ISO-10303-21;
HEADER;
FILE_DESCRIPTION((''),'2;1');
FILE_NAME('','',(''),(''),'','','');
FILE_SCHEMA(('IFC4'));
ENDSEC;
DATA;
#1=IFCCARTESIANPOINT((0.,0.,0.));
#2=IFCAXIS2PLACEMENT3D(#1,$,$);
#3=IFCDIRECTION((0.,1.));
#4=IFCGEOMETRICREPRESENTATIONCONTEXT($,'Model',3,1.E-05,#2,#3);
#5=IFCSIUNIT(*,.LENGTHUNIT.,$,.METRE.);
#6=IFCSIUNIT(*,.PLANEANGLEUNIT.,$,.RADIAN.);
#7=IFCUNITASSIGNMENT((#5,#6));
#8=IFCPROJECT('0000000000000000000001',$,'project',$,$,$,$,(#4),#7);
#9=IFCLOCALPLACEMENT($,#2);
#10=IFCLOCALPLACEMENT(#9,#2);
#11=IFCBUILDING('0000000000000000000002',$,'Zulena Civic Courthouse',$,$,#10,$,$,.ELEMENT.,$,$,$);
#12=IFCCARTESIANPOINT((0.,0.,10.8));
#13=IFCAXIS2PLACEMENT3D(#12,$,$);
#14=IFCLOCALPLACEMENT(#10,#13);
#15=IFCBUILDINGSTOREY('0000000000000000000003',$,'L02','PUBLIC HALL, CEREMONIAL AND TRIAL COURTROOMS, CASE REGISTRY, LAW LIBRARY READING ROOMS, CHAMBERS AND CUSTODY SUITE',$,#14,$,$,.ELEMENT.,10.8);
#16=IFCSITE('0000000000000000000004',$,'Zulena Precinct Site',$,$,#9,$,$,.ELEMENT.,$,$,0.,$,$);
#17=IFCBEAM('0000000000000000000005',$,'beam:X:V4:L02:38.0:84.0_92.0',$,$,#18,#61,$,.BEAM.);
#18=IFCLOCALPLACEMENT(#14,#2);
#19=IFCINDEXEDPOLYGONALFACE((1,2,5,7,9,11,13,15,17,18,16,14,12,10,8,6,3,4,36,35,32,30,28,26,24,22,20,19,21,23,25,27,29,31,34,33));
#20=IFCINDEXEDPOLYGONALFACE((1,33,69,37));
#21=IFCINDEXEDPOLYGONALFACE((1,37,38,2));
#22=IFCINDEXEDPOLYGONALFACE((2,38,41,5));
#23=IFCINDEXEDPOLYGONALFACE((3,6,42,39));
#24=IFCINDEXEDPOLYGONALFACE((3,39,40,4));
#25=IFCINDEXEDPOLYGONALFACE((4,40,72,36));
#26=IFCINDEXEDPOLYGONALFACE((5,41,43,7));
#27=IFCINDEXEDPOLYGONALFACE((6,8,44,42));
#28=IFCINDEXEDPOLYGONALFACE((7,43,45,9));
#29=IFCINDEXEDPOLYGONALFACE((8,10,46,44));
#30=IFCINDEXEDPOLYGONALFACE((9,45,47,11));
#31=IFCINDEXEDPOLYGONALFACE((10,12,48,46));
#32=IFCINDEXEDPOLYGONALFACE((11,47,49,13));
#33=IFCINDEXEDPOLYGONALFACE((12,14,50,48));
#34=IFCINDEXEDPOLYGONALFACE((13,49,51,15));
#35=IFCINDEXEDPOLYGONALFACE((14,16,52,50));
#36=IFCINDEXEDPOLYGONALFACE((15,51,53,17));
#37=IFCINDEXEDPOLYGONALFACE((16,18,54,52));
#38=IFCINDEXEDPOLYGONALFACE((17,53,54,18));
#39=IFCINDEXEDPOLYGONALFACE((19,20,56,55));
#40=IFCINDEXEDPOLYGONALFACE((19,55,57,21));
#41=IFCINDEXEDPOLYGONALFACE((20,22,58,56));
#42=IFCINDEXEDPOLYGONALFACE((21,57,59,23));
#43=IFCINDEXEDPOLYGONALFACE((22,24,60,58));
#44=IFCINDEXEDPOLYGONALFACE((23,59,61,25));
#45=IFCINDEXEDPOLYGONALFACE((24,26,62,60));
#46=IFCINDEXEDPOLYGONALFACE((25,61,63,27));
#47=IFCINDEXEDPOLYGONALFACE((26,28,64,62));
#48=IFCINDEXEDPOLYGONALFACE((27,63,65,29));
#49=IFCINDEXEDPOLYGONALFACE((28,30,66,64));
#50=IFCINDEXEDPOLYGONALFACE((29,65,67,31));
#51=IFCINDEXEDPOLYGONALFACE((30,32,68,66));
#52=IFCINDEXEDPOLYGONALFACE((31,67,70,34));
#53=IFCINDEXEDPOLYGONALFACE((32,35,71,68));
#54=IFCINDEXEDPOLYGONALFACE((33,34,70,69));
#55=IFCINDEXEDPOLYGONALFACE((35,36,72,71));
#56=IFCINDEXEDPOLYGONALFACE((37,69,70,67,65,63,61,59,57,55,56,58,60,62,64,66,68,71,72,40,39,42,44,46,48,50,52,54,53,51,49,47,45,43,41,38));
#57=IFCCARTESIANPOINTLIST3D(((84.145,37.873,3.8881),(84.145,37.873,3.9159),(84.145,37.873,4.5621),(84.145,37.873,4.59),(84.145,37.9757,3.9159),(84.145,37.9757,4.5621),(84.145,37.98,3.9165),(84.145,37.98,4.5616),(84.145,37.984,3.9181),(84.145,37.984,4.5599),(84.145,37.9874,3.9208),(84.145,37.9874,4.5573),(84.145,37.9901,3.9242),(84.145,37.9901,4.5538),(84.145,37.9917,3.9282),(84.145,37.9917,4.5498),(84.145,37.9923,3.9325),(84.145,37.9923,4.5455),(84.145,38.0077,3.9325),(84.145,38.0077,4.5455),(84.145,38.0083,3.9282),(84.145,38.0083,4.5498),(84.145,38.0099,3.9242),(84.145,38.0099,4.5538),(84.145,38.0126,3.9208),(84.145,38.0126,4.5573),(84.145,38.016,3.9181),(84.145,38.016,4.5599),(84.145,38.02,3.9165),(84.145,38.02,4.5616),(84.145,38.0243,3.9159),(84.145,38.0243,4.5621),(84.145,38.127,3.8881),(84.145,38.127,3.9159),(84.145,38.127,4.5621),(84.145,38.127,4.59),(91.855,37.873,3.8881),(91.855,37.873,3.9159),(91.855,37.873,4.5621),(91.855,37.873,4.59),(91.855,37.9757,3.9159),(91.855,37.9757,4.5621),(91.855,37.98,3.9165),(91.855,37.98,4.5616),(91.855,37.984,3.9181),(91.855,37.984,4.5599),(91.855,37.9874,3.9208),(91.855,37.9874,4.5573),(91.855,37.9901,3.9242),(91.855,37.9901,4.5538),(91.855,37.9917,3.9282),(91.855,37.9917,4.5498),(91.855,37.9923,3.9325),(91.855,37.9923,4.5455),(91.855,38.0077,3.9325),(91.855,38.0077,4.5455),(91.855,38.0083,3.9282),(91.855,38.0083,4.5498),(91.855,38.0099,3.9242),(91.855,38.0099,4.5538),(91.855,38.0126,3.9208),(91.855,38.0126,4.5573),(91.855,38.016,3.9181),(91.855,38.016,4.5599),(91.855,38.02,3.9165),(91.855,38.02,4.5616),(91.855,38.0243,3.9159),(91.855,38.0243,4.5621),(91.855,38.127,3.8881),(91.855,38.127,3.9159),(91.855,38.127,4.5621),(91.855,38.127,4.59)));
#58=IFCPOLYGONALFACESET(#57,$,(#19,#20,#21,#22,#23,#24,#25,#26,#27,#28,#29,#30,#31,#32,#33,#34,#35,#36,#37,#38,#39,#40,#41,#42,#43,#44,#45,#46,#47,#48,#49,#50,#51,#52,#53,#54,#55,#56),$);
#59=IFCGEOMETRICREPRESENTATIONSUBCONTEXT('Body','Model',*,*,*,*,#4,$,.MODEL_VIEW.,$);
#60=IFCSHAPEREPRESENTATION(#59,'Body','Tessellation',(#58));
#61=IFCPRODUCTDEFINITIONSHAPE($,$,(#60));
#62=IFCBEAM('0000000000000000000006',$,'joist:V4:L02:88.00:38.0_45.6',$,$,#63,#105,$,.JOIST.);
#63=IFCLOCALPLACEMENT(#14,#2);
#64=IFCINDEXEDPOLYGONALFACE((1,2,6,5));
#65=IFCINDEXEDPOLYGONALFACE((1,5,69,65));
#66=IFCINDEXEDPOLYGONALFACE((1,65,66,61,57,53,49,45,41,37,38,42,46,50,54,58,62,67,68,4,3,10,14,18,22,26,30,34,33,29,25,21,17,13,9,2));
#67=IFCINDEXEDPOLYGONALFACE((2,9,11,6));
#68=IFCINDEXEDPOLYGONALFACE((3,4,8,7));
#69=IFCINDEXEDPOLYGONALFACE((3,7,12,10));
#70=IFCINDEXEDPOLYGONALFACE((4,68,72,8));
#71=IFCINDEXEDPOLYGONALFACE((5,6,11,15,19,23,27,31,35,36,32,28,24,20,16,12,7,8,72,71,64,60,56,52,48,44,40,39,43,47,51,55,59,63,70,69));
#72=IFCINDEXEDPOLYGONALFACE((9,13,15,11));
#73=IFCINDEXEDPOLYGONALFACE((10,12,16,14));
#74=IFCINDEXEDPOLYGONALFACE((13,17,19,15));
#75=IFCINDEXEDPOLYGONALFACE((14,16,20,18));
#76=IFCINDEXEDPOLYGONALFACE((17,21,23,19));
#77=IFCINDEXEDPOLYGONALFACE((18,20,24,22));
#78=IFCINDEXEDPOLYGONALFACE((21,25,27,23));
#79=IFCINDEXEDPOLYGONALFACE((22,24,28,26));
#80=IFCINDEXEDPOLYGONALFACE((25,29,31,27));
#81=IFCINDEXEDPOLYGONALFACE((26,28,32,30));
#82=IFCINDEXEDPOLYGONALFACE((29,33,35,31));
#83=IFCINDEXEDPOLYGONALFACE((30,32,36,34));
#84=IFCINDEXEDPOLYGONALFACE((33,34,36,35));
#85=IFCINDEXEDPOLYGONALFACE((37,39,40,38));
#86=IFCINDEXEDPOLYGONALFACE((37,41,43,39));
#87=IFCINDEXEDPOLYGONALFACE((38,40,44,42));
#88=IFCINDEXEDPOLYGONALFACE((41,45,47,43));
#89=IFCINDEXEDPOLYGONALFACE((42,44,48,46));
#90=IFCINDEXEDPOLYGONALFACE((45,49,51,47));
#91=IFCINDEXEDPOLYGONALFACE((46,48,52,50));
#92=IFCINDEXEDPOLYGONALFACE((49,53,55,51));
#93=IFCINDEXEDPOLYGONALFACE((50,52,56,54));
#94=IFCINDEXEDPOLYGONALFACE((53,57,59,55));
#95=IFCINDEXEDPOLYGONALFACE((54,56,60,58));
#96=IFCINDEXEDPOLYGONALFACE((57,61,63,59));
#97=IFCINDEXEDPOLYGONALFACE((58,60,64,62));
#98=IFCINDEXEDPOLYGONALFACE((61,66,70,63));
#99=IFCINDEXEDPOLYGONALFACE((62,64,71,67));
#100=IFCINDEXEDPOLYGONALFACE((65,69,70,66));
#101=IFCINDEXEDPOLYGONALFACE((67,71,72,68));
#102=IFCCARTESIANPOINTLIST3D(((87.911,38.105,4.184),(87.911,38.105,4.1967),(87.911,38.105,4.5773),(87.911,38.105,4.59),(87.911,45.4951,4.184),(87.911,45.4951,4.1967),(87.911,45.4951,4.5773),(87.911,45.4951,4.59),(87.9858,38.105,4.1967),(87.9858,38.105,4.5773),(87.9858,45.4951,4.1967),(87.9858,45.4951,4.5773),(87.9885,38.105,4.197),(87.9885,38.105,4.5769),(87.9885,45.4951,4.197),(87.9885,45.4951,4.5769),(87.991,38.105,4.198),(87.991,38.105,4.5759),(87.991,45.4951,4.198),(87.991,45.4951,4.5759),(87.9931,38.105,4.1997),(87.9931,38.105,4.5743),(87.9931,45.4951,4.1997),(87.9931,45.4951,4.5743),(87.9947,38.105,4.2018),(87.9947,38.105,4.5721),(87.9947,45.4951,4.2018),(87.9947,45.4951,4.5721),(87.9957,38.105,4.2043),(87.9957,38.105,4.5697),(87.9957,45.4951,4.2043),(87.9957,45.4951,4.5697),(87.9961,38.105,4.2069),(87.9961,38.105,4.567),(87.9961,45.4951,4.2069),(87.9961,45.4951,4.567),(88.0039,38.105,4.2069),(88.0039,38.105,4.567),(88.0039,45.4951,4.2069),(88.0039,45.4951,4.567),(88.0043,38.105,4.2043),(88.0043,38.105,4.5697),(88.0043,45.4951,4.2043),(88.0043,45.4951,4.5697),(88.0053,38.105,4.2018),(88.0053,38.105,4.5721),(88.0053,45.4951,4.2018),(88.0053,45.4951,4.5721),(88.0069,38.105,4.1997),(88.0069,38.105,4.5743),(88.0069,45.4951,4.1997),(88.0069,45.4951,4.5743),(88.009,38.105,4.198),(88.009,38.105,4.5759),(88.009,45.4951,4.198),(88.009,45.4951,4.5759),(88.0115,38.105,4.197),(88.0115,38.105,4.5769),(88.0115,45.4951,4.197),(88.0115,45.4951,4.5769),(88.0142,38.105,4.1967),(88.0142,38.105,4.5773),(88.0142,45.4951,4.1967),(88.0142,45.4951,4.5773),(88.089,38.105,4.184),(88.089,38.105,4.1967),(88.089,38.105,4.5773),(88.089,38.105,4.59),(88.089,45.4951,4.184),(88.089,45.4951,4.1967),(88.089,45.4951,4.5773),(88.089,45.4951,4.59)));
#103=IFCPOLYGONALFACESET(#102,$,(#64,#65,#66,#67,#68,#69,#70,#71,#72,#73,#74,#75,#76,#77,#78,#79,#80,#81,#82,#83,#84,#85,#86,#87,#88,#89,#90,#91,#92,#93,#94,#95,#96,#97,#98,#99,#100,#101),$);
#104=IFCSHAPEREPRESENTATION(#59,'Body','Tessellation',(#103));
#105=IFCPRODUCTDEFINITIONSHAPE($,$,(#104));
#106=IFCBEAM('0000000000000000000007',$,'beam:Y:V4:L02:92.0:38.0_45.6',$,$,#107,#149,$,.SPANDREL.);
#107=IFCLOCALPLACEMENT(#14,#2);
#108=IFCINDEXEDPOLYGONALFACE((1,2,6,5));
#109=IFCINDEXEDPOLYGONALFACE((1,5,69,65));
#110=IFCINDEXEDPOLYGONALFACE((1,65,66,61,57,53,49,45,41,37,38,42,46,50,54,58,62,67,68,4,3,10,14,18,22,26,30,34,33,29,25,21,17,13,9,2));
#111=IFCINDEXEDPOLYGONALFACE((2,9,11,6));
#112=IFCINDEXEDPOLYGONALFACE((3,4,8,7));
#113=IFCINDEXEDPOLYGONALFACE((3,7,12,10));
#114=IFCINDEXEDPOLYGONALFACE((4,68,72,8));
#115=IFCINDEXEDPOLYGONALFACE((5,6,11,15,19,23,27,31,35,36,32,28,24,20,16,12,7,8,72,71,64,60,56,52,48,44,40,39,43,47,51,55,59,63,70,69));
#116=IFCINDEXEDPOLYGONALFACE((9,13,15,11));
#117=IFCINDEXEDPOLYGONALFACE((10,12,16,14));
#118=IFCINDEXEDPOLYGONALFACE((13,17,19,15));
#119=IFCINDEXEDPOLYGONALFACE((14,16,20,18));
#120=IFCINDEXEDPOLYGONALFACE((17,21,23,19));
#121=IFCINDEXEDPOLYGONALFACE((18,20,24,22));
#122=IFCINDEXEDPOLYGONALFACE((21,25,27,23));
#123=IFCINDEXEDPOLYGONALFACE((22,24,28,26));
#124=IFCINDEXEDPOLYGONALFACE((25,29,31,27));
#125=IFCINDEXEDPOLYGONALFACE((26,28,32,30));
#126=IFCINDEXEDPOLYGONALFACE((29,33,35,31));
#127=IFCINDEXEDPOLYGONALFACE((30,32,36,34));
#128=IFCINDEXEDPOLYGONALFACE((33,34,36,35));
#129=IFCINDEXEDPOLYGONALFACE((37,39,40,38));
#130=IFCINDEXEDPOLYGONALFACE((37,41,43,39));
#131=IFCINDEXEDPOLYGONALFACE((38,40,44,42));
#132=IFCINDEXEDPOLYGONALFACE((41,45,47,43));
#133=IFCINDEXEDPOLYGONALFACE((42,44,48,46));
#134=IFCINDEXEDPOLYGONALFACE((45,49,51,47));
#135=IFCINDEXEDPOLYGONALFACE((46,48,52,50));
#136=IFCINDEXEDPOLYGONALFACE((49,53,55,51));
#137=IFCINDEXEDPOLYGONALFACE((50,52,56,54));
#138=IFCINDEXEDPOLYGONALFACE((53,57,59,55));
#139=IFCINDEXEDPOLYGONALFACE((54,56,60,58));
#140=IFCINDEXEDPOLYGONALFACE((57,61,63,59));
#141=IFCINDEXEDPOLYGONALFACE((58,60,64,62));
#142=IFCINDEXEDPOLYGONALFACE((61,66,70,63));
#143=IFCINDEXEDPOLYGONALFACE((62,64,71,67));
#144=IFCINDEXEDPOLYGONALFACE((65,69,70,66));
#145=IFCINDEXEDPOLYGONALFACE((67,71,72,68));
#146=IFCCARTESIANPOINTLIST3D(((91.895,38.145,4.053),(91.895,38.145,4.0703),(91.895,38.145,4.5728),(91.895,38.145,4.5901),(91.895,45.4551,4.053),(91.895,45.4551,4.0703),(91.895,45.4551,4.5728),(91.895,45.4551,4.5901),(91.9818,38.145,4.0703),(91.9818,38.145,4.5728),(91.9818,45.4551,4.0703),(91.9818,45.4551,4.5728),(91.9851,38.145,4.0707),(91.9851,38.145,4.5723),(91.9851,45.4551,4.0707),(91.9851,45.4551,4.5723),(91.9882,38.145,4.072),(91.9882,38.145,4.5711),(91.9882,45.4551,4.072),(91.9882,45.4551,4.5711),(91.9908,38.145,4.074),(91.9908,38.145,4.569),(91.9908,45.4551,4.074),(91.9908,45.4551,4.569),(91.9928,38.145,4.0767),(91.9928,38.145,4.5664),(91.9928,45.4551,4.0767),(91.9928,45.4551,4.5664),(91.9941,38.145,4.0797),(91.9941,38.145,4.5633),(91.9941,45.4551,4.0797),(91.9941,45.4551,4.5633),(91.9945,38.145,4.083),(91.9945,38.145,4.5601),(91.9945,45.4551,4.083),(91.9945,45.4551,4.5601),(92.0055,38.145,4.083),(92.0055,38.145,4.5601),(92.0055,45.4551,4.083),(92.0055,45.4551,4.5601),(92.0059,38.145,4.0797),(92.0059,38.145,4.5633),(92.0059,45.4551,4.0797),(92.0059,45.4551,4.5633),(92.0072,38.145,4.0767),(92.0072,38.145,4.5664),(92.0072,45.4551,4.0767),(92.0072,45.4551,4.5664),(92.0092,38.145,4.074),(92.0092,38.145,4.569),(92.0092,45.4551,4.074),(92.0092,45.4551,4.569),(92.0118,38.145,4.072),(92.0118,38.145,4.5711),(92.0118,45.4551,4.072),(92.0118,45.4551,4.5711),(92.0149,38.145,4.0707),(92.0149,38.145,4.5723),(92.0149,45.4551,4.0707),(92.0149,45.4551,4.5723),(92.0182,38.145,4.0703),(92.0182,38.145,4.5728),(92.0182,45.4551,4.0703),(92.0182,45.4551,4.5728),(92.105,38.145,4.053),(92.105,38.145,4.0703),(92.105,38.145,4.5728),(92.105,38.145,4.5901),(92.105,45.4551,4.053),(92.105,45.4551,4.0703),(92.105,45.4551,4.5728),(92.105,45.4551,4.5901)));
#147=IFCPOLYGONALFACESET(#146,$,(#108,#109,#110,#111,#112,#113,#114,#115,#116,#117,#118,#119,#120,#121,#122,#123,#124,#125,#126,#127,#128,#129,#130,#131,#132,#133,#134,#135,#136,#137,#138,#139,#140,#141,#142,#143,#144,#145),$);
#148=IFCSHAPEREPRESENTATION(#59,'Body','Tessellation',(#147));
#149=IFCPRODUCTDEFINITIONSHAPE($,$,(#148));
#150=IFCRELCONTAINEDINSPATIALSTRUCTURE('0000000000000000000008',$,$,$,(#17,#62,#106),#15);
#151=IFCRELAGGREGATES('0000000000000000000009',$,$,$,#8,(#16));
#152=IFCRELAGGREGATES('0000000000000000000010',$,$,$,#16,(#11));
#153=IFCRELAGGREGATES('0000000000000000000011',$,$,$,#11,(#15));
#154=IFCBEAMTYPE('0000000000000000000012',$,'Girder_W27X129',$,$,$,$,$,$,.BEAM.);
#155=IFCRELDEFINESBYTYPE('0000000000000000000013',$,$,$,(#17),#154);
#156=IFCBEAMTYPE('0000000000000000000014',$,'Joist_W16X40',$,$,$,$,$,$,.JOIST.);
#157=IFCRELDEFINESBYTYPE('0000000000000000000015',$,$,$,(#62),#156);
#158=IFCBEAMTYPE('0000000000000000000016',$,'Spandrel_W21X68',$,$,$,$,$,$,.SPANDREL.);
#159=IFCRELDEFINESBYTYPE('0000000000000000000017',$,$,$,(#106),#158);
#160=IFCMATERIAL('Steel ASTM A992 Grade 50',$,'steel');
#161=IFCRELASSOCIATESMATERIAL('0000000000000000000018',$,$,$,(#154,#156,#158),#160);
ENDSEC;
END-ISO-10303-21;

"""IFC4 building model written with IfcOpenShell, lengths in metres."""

from ifc_helpers import new_model, si_unit, direction, frame, origin, origin_2d, place, context, subcontext, project, spatial, i_section, extrude, material, material_profile, profile_set, type_object, element, save


model = new_model("IFC4")

# Units and contexts
model_context = context("Model", 3, precision=1e-05, world=origin(), true_north=direction((0.0, 1.0)))
body_context = subcontext(model_context, "Body", "Model", "MODEL_VIEW")
ifc_project = project(units=[si_unit("LENGTHUNIT", "METRE"), si_unit("PLANEANGLEUNIT", "RADIAN")], contexts=[model_context])

# Site, building, storey
site_placement = place(None, origin())
site = spatial("IfcSite", under=ifc_project, at=site_placement, Name="Zulena Precinct Site", CompositionType="ELEMENT", RefElevation=0.0)
building_placement = place(site_placement, origin())
building = spatial("IfcBuilding", under=site, at=building_placement, Name="Zulena Civic Courthouse", CompositionType="ELEMENT")
storey_placement = place(building_placement, frame((0.0, 0.0, 10.8)))
storey = spatial("IfcBuildingStorey", under=building, at=storey_placement, Name="L02", Description="PUBLIC HALL, CEREMONIAL AND TRIAL COURTROOMS, CASE REGISTRY, LAW LIBRARY READING ROOMS, CHAMBERS AND CUSTODY SUITE", CompositionType="ELEMENT", Elevation=10.8)

# Shared definitions
ifc_material_1 = material(Name="Steel ASTM A992 Grade 50", Category="steel")

# Beams
ifc_material_profile_1 = material_profile(ifc_material_1, i_section(OverallWidth=0.2539, OverallDepth=0.7019, WebThickness=0.0154, FlangeThickness=0.0278, FilletRadius=0.0166, at=origin_2d()), Name="W27X129")
ifc_profile_set_1 = profile_set([ifc_material_profile_1], Name="Steel ASTM A992 Grade 50")
beam_type_1 = type_object("IfcBeamType", Name="Girder_W27X129", PredefinedType="BEAM", material=ifc_profile_set_1)
beam_1_placement = place(storey_placement, frame((84.145, 38.0, 4.239), z_axis=(1.0, 0.0, 0.0), x_axis=(0.0, 1.0, 0.0)))
element("IfcBeam", 1, at=beam_1_placement, inside=storey, type_object=beam_type_1, Name="beam:X:V4:L02:38.0:84.0_92.0", PredefinedType="BEAM", context=body_context, shape_type="SweptSolid", body=[
    extrude(i_section(OverallWidth=0.2539, OverallDepth=0.7019, WebThickness=0.0154, FlangeThickness=0.0278, FilletRadius=0.0166, at=origin_2d()), origin(), (0.0, 0.0, 1.0), 7.71),
])
ifc_material_profile_2 = material_profile(ifc_material_1, i_section(OverallWidth=0.178, OverallDepth=0.406, WebThickness=0.0078, FlangeThickness=0.0127, FilletRadius=0.0103, at=origin_2d()), Name="W16X40")
ifc_profile_set_2 = profile_set([ifc_material_profile_2], Name="Steel ASTM A992 Grade 50")
beam_type_2 = type_object("IfcBeamType", Name="Joist_W16X40", PredefinedType="JOIST", material=ifc_profile_set_2)
beam_2_placement = place(storey_placement, frame((88.0, 38.105, 4.387), z_axis=(0.0, 1.0, 0.0), x_axis=(-1.0, 0.0, 0.0)))
element("IfcBeam", 2, at=beam_2_placement, inside=storey, type_object=beam_type_2, Name="joist:V4:L02:88.00:38.0_45.6", PredefinedType="JOIST", context=body_context, shape_type="SweptSolid", body=[
    extrude(i_section(OverallWidth=0.178, OverallDepth=0.406, WebThickness=0.0078, FlangeThickness=0.0127, FilletRadius=0.0103, at=origin_2d()), origin(), (0.0, 0.0, 1.0), 7.3901),
])
ifc_material_profile_3 = material_profile(ifc_material_1, i_section(OverallWidth=0.21, OverallDepth=0.5371, WebThickness=0.011, FlangeThickness=0.0173, FilletRadius=0.0127, at=origin_2d()), Name="W21X68")
ifc_profile_set_3 = profile_set([ifc_material_profile_3], Name="Steel ASTM A992 Grade 50")
beam_type_3 = type_object("IfcBeamType", Name="Spandrel_W21X68", PredefinedType="SPANDREL", material=ifc_profile_set_3)
beam_3_placement = place(storey_placement, frame((92.0, 38.145, 4.3215), z_axis=(0.0, 1.0, 0.0), x_axis=(-1.0, 0.0, 0.0)))
element("IfcBeam", 3, at=beam_3_placement, inside=storey, type_object=beam_type_3, Name="beam:Y:V4:L02:92.0:38.0_45.6", PredefinedType="SPANDREL", context=body_context, shape_type="SweptSolid", body=[
    extrude(i_section(OverallWidth=0.21, OverallDepth=0.5371, WebThickness=0.011, FlangeThickness=0.0173, FilletRadius=0.0127, at=origin_2d()), origin(), (0.0, 0.0, 1.0), 7.3101),
])

save(model, "model.ifc")
